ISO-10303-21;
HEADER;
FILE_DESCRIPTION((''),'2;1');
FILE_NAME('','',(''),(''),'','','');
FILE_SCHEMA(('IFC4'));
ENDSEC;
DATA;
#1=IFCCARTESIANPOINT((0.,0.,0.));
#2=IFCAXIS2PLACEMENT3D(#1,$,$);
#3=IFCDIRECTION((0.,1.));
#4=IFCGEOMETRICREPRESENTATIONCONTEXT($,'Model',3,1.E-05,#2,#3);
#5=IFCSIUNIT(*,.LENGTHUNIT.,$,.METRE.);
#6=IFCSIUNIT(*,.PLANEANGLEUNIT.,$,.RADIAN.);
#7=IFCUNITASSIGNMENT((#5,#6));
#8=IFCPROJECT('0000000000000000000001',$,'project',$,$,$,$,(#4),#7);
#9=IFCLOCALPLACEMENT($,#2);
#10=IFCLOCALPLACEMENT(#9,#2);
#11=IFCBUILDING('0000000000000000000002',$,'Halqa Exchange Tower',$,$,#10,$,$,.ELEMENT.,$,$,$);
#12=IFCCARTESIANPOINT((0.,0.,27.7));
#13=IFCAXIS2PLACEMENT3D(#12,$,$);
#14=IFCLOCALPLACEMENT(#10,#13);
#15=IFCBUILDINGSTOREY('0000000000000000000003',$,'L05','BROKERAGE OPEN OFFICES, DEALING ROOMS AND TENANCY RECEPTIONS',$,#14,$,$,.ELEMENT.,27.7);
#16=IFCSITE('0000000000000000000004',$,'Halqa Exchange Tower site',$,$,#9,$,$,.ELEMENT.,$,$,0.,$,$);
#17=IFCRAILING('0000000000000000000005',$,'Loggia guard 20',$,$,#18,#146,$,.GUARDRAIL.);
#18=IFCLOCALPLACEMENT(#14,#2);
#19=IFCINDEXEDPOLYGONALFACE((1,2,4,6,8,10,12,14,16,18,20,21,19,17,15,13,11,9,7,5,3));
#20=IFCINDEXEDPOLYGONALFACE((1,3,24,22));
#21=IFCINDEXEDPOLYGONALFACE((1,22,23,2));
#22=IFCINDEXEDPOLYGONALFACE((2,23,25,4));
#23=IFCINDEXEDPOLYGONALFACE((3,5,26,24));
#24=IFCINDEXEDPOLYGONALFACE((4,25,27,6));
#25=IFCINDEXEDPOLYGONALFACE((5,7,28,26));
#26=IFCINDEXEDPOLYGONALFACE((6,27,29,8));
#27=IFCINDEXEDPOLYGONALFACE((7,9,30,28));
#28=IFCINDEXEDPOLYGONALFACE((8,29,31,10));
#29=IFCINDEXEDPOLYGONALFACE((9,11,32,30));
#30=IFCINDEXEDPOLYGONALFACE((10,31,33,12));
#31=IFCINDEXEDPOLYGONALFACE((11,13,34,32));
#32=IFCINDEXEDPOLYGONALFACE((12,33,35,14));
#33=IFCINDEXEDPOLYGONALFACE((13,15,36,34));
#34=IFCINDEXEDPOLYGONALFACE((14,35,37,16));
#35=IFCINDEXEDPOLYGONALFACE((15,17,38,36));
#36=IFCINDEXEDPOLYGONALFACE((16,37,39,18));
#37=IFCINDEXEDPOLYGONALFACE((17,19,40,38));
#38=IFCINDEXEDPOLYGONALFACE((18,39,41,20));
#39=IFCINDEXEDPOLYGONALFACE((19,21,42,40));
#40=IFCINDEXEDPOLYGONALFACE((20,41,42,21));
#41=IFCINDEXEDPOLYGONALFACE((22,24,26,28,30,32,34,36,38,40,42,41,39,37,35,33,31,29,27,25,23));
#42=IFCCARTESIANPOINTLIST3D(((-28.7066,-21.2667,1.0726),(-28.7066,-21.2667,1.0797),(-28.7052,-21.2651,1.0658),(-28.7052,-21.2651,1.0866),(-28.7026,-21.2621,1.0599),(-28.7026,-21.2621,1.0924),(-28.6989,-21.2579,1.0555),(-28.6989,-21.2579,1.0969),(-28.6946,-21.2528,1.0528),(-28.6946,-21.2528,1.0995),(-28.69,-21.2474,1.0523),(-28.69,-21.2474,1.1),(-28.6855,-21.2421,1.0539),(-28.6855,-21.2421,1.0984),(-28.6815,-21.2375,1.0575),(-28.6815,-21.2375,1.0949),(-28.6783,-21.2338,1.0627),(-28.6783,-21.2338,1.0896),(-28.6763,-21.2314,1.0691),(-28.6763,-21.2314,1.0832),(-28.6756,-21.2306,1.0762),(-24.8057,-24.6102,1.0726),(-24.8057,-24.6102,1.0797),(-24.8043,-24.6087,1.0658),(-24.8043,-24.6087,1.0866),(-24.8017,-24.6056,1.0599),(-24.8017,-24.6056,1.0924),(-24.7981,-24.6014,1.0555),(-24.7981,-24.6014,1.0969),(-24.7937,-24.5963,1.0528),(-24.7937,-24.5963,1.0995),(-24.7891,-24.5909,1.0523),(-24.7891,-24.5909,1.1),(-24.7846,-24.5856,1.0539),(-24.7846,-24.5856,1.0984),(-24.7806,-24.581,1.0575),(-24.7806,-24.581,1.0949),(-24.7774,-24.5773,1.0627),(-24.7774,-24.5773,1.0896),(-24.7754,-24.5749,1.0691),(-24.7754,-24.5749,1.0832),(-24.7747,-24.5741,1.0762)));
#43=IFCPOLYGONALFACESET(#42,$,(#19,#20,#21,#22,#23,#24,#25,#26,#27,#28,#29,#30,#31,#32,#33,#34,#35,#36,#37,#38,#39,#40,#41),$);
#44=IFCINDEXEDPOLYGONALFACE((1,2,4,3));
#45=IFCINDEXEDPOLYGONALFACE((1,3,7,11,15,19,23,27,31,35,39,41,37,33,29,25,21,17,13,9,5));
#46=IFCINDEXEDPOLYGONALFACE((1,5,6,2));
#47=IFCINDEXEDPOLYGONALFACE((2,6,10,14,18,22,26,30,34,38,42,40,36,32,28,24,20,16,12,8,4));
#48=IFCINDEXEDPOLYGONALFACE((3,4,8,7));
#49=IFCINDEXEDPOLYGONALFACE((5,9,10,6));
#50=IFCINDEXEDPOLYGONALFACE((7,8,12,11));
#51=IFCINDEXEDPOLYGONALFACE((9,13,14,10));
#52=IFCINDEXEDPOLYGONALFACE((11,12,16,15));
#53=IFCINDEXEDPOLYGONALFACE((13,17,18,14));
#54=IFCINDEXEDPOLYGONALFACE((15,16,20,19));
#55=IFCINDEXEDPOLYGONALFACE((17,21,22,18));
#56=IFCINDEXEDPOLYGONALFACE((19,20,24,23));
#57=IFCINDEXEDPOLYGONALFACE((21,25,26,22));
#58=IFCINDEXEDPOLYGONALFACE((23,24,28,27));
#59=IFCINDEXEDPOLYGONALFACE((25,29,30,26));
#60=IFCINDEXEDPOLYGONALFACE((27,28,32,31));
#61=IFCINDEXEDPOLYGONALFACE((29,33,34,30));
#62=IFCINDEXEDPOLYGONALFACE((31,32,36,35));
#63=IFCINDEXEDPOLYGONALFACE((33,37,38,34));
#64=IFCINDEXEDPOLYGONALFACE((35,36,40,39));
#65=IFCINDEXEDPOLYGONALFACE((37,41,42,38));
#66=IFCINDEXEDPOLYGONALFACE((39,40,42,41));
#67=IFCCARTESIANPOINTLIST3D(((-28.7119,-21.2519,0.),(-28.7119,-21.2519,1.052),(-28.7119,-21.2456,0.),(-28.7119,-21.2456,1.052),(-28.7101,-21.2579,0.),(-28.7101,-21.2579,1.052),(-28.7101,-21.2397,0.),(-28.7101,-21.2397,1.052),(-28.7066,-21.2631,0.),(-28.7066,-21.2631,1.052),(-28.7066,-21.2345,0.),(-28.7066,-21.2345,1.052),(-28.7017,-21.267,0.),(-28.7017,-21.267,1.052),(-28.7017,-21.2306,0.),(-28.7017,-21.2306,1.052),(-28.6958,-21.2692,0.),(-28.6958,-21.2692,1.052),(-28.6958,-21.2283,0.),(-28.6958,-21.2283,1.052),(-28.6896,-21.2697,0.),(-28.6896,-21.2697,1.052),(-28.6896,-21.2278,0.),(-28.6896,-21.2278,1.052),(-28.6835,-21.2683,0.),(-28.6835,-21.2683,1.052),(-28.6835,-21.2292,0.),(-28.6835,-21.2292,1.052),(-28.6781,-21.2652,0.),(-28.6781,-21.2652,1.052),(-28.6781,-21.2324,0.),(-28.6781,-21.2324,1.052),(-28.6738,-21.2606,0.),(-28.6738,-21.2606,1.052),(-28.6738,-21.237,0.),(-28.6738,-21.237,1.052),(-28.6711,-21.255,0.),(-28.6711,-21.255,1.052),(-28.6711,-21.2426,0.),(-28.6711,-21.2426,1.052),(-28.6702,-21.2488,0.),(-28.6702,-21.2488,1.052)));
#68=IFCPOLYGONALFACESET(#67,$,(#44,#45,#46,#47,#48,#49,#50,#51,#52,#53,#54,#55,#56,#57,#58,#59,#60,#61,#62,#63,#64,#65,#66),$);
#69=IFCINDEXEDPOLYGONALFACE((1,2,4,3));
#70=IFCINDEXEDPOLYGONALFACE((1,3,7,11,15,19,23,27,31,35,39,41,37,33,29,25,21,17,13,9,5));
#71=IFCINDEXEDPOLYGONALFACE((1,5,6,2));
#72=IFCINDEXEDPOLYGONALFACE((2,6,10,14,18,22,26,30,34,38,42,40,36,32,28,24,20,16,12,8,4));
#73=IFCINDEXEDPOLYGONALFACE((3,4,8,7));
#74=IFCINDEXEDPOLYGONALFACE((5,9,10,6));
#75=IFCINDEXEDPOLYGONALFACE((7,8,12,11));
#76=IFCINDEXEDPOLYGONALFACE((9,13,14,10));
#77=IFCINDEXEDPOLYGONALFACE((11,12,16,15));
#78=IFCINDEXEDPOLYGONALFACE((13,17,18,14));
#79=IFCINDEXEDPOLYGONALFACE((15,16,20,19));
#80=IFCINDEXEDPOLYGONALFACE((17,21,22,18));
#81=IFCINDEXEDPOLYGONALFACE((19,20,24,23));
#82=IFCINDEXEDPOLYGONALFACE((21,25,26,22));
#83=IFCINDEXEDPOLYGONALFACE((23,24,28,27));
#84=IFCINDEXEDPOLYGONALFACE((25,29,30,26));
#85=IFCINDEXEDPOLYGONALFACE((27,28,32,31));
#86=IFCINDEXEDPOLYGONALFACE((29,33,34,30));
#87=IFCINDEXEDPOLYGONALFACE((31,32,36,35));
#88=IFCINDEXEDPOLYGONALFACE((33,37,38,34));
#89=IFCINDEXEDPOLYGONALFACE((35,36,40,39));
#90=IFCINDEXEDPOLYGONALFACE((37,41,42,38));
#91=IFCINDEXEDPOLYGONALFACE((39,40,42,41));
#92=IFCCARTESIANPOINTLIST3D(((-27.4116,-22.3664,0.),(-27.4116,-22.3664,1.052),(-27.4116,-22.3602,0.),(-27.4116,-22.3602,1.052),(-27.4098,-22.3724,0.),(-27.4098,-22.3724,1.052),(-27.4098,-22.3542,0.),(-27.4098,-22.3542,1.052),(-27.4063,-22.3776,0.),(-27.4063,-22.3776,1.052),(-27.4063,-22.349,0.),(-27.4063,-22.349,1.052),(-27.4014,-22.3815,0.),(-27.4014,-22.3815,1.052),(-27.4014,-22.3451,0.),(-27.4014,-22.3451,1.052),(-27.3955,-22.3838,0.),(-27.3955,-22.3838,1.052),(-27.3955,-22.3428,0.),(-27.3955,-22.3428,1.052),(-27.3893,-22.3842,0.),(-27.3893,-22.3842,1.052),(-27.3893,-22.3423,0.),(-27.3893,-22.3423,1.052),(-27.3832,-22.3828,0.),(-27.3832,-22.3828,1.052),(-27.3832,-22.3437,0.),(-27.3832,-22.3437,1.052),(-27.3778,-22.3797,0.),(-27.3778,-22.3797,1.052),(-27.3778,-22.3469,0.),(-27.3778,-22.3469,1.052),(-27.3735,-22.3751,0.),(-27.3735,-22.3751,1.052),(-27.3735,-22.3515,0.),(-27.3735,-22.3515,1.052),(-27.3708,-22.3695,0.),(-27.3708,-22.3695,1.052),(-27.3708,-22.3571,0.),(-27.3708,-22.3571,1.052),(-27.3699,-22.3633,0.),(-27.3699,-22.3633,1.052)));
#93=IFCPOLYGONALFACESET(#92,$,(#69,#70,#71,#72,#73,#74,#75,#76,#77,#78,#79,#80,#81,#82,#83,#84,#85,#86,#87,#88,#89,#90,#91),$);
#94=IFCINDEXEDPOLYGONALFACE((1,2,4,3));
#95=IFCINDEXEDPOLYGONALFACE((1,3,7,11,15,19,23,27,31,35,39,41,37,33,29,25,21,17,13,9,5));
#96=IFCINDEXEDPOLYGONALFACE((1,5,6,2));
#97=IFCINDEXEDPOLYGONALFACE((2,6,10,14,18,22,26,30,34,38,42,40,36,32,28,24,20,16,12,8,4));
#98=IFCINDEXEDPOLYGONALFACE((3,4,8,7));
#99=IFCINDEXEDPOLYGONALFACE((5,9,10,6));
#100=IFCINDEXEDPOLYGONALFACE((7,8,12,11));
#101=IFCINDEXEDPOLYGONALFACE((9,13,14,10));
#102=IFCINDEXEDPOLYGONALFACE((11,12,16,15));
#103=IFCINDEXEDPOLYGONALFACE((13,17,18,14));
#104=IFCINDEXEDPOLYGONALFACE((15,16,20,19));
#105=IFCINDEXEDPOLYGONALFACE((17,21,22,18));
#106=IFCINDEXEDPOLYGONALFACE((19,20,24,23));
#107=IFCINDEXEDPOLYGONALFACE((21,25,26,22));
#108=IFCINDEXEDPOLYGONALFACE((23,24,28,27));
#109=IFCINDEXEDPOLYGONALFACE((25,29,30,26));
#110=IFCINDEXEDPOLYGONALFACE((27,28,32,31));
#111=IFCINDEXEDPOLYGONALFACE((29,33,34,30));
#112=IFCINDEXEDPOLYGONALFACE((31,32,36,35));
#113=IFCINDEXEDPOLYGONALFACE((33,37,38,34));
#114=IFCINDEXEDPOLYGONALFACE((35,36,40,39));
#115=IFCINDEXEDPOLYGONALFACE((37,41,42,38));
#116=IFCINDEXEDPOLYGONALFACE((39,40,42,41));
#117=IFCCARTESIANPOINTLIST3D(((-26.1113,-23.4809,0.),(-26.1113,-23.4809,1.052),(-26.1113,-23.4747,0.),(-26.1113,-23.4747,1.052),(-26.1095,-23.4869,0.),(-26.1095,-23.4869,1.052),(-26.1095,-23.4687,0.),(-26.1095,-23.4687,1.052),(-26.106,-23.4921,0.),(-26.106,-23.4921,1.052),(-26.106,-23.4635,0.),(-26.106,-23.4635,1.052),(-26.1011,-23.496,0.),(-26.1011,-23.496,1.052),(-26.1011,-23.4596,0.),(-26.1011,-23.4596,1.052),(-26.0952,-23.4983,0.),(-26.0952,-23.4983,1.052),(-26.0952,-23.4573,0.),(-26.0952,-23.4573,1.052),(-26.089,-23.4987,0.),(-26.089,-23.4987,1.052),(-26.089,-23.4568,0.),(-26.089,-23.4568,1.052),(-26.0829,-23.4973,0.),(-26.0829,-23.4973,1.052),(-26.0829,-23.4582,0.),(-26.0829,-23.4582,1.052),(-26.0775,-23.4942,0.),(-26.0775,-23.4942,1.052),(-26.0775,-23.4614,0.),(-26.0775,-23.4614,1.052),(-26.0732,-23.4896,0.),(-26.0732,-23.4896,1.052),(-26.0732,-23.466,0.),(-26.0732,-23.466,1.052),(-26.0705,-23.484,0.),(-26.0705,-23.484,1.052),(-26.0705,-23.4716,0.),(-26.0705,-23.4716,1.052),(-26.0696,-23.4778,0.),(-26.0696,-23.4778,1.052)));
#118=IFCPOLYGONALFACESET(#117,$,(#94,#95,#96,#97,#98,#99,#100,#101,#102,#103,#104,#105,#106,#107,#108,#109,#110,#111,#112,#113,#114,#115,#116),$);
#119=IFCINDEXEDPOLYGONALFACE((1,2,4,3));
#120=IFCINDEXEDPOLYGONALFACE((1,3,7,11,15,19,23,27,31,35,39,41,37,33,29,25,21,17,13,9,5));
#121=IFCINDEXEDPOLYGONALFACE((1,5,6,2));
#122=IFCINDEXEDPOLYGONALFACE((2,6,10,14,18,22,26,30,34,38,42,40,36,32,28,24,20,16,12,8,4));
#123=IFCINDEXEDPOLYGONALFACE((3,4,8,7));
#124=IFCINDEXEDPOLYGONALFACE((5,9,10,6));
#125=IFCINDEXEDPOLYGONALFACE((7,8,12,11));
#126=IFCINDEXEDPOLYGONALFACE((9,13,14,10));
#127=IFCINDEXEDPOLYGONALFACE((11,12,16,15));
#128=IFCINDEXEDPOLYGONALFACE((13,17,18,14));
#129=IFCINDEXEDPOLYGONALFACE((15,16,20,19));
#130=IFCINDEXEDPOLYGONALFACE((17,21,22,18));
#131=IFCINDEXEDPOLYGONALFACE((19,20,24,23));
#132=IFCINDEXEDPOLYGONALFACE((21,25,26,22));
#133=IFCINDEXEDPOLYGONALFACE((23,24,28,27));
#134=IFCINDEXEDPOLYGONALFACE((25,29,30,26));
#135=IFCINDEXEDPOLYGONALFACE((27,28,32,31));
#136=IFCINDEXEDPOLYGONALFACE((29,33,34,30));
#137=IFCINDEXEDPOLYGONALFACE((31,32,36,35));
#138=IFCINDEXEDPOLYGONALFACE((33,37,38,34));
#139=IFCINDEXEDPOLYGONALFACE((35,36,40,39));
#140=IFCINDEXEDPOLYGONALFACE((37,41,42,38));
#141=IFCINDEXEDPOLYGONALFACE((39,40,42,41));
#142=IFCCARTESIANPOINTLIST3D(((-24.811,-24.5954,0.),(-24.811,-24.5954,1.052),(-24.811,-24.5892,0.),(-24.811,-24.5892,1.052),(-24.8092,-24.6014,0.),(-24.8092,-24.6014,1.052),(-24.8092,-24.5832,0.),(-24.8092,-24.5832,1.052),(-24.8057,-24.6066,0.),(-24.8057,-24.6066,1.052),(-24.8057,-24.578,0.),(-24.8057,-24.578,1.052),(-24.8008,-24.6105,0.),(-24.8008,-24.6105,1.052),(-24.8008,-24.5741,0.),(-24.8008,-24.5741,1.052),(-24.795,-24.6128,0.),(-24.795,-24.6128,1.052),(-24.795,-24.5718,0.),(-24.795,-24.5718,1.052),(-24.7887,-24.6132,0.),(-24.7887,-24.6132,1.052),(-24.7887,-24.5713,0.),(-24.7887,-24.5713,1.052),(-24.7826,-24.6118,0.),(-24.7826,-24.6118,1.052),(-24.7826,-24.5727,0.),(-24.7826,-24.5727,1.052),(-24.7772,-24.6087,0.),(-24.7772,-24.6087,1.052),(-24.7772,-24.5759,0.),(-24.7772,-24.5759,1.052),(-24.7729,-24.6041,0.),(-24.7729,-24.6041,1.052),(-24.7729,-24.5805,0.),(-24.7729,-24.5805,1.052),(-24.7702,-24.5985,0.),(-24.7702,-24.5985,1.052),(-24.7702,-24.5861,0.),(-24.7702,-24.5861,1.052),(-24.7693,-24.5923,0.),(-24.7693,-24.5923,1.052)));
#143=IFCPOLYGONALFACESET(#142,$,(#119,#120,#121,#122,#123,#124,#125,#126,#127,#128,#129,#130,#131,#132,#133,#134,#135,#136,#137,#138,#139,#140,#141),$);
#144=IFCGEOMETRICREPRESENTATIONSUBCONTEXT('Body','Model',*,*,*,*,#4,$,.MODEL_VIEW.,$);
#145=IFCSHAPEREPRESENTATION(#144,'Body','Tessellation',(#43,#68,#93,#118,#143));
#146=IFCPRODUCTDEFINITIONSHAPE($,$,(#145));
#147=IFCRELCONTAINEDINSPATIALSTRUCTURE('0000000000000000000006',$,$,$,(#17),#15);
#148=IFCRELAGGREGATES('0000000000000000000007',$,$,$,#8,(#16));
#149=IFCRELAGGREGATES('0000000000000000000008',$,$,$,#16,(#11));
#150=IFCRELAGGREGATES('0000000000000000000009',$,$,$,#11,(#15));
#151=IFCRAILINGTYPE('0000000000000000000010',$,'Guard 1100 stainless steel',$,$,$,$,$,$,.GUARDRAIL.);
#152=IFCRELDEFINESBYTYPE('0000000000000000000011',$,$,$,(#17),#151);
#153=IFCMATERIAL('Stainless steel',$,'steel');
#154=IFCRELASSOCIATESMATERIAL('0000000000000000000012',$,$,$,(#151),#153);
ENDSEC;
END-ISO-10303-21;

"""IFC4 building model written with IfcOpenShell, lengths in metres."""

from ifc_helpers import new_model, si_unit, direction, frame, origin, origin_2d, place, context, subcontext, project, spatial, circle, extrude, material, type_object, element, save


model = new_model("IFC4")

# Units and contexts
model_context = context("Model", 3, precision=1e-05, world=origin(), true_north=direction((0.0, 1.0)))
body_context = subcontext(model_context, "Body", "Model", "MODEL_VIEW")
ifc_project = project(units=[si_unit("LENGTHUNIT", "METRE"), si_unit("PLANEANGLEUNIT", "RADIAN")], contexts=[model_context])

# Site, building, storey
site_placement = place(None, origin())
site = spatial("IfcSite", under=ifc_project, at=site_placement, Name="Halqa Exchange Tower site", CompositionType="ELEMENT", RefElevation=0.0)
building_placement = place(site_placement, origin())
building = spatial("IfcBuilding", under=site, at=building_placement, Name="Halqa Exchange Tower", CompositionType="ELEMENT")
storey_placement = place(building_placement, frame((0.0, 0.0, 27.7)))
storey = spatial("IfcBuildingStorey", under=building, at=storey_placement, Name="L05", Description="BROKERAGE OPEN OFFICES, DEALING ROOMS AND TENANCY RECEPTIONS", CompositionType="ELEMENT", Elevation=27.7)

# Railing
ifc_material_1 = material(Name="Stainless steel", Category="steel")
railing_type = type_object("IfcRailingType", Name="Guard 1100 stainless steel", PredefinedType="GUARDRAIL", material=ifc_material_1)
railing_1_placement = place(storey_placement, frame((-28.6912, -21.2488, 0.0)))
element("IfcRailing", 1, at=railing_1_placement, inside=storey, type_object=railing_type, Name="Loggia guard 20", PredefinedType="GUARDRAIL", context=body_context, shape_type="SweptSolid", body=[
    extrude(circle(Radius=0.0239, at=origin_2d()), frame((0.0, 0.0, 1.0762), z_axis=(0.759267, -0.65078, 0.0), x_axis=(0.65078, 0.759267, 0.0)), (0.0, 0.0, 1.0), 5.1377),
    extrude(circle(Radius=0.021, at=origin_2d()), origin(), (0.0, 0.0, 1.0), 1.052),
    extrude(circle(Radius=0.021, at=origin_2d()), frame((1.3003, -1.1145, 0.0)), (0.0, 0.0, 1.0), 1.052),
    extrude(circle(Radius=0.021, at=origin_2d()), frame((2.6006, -2.229, 0.0)), (0.0, 0.0, 1.0), 1.052),
    extrude(circle(Radius=0.021, at=origin_2d()), frame((3.9009, -3.3435, 0.0)), (0.0, 0.0, 1.0), 1.052),
])

save(model, "model.ifc")
